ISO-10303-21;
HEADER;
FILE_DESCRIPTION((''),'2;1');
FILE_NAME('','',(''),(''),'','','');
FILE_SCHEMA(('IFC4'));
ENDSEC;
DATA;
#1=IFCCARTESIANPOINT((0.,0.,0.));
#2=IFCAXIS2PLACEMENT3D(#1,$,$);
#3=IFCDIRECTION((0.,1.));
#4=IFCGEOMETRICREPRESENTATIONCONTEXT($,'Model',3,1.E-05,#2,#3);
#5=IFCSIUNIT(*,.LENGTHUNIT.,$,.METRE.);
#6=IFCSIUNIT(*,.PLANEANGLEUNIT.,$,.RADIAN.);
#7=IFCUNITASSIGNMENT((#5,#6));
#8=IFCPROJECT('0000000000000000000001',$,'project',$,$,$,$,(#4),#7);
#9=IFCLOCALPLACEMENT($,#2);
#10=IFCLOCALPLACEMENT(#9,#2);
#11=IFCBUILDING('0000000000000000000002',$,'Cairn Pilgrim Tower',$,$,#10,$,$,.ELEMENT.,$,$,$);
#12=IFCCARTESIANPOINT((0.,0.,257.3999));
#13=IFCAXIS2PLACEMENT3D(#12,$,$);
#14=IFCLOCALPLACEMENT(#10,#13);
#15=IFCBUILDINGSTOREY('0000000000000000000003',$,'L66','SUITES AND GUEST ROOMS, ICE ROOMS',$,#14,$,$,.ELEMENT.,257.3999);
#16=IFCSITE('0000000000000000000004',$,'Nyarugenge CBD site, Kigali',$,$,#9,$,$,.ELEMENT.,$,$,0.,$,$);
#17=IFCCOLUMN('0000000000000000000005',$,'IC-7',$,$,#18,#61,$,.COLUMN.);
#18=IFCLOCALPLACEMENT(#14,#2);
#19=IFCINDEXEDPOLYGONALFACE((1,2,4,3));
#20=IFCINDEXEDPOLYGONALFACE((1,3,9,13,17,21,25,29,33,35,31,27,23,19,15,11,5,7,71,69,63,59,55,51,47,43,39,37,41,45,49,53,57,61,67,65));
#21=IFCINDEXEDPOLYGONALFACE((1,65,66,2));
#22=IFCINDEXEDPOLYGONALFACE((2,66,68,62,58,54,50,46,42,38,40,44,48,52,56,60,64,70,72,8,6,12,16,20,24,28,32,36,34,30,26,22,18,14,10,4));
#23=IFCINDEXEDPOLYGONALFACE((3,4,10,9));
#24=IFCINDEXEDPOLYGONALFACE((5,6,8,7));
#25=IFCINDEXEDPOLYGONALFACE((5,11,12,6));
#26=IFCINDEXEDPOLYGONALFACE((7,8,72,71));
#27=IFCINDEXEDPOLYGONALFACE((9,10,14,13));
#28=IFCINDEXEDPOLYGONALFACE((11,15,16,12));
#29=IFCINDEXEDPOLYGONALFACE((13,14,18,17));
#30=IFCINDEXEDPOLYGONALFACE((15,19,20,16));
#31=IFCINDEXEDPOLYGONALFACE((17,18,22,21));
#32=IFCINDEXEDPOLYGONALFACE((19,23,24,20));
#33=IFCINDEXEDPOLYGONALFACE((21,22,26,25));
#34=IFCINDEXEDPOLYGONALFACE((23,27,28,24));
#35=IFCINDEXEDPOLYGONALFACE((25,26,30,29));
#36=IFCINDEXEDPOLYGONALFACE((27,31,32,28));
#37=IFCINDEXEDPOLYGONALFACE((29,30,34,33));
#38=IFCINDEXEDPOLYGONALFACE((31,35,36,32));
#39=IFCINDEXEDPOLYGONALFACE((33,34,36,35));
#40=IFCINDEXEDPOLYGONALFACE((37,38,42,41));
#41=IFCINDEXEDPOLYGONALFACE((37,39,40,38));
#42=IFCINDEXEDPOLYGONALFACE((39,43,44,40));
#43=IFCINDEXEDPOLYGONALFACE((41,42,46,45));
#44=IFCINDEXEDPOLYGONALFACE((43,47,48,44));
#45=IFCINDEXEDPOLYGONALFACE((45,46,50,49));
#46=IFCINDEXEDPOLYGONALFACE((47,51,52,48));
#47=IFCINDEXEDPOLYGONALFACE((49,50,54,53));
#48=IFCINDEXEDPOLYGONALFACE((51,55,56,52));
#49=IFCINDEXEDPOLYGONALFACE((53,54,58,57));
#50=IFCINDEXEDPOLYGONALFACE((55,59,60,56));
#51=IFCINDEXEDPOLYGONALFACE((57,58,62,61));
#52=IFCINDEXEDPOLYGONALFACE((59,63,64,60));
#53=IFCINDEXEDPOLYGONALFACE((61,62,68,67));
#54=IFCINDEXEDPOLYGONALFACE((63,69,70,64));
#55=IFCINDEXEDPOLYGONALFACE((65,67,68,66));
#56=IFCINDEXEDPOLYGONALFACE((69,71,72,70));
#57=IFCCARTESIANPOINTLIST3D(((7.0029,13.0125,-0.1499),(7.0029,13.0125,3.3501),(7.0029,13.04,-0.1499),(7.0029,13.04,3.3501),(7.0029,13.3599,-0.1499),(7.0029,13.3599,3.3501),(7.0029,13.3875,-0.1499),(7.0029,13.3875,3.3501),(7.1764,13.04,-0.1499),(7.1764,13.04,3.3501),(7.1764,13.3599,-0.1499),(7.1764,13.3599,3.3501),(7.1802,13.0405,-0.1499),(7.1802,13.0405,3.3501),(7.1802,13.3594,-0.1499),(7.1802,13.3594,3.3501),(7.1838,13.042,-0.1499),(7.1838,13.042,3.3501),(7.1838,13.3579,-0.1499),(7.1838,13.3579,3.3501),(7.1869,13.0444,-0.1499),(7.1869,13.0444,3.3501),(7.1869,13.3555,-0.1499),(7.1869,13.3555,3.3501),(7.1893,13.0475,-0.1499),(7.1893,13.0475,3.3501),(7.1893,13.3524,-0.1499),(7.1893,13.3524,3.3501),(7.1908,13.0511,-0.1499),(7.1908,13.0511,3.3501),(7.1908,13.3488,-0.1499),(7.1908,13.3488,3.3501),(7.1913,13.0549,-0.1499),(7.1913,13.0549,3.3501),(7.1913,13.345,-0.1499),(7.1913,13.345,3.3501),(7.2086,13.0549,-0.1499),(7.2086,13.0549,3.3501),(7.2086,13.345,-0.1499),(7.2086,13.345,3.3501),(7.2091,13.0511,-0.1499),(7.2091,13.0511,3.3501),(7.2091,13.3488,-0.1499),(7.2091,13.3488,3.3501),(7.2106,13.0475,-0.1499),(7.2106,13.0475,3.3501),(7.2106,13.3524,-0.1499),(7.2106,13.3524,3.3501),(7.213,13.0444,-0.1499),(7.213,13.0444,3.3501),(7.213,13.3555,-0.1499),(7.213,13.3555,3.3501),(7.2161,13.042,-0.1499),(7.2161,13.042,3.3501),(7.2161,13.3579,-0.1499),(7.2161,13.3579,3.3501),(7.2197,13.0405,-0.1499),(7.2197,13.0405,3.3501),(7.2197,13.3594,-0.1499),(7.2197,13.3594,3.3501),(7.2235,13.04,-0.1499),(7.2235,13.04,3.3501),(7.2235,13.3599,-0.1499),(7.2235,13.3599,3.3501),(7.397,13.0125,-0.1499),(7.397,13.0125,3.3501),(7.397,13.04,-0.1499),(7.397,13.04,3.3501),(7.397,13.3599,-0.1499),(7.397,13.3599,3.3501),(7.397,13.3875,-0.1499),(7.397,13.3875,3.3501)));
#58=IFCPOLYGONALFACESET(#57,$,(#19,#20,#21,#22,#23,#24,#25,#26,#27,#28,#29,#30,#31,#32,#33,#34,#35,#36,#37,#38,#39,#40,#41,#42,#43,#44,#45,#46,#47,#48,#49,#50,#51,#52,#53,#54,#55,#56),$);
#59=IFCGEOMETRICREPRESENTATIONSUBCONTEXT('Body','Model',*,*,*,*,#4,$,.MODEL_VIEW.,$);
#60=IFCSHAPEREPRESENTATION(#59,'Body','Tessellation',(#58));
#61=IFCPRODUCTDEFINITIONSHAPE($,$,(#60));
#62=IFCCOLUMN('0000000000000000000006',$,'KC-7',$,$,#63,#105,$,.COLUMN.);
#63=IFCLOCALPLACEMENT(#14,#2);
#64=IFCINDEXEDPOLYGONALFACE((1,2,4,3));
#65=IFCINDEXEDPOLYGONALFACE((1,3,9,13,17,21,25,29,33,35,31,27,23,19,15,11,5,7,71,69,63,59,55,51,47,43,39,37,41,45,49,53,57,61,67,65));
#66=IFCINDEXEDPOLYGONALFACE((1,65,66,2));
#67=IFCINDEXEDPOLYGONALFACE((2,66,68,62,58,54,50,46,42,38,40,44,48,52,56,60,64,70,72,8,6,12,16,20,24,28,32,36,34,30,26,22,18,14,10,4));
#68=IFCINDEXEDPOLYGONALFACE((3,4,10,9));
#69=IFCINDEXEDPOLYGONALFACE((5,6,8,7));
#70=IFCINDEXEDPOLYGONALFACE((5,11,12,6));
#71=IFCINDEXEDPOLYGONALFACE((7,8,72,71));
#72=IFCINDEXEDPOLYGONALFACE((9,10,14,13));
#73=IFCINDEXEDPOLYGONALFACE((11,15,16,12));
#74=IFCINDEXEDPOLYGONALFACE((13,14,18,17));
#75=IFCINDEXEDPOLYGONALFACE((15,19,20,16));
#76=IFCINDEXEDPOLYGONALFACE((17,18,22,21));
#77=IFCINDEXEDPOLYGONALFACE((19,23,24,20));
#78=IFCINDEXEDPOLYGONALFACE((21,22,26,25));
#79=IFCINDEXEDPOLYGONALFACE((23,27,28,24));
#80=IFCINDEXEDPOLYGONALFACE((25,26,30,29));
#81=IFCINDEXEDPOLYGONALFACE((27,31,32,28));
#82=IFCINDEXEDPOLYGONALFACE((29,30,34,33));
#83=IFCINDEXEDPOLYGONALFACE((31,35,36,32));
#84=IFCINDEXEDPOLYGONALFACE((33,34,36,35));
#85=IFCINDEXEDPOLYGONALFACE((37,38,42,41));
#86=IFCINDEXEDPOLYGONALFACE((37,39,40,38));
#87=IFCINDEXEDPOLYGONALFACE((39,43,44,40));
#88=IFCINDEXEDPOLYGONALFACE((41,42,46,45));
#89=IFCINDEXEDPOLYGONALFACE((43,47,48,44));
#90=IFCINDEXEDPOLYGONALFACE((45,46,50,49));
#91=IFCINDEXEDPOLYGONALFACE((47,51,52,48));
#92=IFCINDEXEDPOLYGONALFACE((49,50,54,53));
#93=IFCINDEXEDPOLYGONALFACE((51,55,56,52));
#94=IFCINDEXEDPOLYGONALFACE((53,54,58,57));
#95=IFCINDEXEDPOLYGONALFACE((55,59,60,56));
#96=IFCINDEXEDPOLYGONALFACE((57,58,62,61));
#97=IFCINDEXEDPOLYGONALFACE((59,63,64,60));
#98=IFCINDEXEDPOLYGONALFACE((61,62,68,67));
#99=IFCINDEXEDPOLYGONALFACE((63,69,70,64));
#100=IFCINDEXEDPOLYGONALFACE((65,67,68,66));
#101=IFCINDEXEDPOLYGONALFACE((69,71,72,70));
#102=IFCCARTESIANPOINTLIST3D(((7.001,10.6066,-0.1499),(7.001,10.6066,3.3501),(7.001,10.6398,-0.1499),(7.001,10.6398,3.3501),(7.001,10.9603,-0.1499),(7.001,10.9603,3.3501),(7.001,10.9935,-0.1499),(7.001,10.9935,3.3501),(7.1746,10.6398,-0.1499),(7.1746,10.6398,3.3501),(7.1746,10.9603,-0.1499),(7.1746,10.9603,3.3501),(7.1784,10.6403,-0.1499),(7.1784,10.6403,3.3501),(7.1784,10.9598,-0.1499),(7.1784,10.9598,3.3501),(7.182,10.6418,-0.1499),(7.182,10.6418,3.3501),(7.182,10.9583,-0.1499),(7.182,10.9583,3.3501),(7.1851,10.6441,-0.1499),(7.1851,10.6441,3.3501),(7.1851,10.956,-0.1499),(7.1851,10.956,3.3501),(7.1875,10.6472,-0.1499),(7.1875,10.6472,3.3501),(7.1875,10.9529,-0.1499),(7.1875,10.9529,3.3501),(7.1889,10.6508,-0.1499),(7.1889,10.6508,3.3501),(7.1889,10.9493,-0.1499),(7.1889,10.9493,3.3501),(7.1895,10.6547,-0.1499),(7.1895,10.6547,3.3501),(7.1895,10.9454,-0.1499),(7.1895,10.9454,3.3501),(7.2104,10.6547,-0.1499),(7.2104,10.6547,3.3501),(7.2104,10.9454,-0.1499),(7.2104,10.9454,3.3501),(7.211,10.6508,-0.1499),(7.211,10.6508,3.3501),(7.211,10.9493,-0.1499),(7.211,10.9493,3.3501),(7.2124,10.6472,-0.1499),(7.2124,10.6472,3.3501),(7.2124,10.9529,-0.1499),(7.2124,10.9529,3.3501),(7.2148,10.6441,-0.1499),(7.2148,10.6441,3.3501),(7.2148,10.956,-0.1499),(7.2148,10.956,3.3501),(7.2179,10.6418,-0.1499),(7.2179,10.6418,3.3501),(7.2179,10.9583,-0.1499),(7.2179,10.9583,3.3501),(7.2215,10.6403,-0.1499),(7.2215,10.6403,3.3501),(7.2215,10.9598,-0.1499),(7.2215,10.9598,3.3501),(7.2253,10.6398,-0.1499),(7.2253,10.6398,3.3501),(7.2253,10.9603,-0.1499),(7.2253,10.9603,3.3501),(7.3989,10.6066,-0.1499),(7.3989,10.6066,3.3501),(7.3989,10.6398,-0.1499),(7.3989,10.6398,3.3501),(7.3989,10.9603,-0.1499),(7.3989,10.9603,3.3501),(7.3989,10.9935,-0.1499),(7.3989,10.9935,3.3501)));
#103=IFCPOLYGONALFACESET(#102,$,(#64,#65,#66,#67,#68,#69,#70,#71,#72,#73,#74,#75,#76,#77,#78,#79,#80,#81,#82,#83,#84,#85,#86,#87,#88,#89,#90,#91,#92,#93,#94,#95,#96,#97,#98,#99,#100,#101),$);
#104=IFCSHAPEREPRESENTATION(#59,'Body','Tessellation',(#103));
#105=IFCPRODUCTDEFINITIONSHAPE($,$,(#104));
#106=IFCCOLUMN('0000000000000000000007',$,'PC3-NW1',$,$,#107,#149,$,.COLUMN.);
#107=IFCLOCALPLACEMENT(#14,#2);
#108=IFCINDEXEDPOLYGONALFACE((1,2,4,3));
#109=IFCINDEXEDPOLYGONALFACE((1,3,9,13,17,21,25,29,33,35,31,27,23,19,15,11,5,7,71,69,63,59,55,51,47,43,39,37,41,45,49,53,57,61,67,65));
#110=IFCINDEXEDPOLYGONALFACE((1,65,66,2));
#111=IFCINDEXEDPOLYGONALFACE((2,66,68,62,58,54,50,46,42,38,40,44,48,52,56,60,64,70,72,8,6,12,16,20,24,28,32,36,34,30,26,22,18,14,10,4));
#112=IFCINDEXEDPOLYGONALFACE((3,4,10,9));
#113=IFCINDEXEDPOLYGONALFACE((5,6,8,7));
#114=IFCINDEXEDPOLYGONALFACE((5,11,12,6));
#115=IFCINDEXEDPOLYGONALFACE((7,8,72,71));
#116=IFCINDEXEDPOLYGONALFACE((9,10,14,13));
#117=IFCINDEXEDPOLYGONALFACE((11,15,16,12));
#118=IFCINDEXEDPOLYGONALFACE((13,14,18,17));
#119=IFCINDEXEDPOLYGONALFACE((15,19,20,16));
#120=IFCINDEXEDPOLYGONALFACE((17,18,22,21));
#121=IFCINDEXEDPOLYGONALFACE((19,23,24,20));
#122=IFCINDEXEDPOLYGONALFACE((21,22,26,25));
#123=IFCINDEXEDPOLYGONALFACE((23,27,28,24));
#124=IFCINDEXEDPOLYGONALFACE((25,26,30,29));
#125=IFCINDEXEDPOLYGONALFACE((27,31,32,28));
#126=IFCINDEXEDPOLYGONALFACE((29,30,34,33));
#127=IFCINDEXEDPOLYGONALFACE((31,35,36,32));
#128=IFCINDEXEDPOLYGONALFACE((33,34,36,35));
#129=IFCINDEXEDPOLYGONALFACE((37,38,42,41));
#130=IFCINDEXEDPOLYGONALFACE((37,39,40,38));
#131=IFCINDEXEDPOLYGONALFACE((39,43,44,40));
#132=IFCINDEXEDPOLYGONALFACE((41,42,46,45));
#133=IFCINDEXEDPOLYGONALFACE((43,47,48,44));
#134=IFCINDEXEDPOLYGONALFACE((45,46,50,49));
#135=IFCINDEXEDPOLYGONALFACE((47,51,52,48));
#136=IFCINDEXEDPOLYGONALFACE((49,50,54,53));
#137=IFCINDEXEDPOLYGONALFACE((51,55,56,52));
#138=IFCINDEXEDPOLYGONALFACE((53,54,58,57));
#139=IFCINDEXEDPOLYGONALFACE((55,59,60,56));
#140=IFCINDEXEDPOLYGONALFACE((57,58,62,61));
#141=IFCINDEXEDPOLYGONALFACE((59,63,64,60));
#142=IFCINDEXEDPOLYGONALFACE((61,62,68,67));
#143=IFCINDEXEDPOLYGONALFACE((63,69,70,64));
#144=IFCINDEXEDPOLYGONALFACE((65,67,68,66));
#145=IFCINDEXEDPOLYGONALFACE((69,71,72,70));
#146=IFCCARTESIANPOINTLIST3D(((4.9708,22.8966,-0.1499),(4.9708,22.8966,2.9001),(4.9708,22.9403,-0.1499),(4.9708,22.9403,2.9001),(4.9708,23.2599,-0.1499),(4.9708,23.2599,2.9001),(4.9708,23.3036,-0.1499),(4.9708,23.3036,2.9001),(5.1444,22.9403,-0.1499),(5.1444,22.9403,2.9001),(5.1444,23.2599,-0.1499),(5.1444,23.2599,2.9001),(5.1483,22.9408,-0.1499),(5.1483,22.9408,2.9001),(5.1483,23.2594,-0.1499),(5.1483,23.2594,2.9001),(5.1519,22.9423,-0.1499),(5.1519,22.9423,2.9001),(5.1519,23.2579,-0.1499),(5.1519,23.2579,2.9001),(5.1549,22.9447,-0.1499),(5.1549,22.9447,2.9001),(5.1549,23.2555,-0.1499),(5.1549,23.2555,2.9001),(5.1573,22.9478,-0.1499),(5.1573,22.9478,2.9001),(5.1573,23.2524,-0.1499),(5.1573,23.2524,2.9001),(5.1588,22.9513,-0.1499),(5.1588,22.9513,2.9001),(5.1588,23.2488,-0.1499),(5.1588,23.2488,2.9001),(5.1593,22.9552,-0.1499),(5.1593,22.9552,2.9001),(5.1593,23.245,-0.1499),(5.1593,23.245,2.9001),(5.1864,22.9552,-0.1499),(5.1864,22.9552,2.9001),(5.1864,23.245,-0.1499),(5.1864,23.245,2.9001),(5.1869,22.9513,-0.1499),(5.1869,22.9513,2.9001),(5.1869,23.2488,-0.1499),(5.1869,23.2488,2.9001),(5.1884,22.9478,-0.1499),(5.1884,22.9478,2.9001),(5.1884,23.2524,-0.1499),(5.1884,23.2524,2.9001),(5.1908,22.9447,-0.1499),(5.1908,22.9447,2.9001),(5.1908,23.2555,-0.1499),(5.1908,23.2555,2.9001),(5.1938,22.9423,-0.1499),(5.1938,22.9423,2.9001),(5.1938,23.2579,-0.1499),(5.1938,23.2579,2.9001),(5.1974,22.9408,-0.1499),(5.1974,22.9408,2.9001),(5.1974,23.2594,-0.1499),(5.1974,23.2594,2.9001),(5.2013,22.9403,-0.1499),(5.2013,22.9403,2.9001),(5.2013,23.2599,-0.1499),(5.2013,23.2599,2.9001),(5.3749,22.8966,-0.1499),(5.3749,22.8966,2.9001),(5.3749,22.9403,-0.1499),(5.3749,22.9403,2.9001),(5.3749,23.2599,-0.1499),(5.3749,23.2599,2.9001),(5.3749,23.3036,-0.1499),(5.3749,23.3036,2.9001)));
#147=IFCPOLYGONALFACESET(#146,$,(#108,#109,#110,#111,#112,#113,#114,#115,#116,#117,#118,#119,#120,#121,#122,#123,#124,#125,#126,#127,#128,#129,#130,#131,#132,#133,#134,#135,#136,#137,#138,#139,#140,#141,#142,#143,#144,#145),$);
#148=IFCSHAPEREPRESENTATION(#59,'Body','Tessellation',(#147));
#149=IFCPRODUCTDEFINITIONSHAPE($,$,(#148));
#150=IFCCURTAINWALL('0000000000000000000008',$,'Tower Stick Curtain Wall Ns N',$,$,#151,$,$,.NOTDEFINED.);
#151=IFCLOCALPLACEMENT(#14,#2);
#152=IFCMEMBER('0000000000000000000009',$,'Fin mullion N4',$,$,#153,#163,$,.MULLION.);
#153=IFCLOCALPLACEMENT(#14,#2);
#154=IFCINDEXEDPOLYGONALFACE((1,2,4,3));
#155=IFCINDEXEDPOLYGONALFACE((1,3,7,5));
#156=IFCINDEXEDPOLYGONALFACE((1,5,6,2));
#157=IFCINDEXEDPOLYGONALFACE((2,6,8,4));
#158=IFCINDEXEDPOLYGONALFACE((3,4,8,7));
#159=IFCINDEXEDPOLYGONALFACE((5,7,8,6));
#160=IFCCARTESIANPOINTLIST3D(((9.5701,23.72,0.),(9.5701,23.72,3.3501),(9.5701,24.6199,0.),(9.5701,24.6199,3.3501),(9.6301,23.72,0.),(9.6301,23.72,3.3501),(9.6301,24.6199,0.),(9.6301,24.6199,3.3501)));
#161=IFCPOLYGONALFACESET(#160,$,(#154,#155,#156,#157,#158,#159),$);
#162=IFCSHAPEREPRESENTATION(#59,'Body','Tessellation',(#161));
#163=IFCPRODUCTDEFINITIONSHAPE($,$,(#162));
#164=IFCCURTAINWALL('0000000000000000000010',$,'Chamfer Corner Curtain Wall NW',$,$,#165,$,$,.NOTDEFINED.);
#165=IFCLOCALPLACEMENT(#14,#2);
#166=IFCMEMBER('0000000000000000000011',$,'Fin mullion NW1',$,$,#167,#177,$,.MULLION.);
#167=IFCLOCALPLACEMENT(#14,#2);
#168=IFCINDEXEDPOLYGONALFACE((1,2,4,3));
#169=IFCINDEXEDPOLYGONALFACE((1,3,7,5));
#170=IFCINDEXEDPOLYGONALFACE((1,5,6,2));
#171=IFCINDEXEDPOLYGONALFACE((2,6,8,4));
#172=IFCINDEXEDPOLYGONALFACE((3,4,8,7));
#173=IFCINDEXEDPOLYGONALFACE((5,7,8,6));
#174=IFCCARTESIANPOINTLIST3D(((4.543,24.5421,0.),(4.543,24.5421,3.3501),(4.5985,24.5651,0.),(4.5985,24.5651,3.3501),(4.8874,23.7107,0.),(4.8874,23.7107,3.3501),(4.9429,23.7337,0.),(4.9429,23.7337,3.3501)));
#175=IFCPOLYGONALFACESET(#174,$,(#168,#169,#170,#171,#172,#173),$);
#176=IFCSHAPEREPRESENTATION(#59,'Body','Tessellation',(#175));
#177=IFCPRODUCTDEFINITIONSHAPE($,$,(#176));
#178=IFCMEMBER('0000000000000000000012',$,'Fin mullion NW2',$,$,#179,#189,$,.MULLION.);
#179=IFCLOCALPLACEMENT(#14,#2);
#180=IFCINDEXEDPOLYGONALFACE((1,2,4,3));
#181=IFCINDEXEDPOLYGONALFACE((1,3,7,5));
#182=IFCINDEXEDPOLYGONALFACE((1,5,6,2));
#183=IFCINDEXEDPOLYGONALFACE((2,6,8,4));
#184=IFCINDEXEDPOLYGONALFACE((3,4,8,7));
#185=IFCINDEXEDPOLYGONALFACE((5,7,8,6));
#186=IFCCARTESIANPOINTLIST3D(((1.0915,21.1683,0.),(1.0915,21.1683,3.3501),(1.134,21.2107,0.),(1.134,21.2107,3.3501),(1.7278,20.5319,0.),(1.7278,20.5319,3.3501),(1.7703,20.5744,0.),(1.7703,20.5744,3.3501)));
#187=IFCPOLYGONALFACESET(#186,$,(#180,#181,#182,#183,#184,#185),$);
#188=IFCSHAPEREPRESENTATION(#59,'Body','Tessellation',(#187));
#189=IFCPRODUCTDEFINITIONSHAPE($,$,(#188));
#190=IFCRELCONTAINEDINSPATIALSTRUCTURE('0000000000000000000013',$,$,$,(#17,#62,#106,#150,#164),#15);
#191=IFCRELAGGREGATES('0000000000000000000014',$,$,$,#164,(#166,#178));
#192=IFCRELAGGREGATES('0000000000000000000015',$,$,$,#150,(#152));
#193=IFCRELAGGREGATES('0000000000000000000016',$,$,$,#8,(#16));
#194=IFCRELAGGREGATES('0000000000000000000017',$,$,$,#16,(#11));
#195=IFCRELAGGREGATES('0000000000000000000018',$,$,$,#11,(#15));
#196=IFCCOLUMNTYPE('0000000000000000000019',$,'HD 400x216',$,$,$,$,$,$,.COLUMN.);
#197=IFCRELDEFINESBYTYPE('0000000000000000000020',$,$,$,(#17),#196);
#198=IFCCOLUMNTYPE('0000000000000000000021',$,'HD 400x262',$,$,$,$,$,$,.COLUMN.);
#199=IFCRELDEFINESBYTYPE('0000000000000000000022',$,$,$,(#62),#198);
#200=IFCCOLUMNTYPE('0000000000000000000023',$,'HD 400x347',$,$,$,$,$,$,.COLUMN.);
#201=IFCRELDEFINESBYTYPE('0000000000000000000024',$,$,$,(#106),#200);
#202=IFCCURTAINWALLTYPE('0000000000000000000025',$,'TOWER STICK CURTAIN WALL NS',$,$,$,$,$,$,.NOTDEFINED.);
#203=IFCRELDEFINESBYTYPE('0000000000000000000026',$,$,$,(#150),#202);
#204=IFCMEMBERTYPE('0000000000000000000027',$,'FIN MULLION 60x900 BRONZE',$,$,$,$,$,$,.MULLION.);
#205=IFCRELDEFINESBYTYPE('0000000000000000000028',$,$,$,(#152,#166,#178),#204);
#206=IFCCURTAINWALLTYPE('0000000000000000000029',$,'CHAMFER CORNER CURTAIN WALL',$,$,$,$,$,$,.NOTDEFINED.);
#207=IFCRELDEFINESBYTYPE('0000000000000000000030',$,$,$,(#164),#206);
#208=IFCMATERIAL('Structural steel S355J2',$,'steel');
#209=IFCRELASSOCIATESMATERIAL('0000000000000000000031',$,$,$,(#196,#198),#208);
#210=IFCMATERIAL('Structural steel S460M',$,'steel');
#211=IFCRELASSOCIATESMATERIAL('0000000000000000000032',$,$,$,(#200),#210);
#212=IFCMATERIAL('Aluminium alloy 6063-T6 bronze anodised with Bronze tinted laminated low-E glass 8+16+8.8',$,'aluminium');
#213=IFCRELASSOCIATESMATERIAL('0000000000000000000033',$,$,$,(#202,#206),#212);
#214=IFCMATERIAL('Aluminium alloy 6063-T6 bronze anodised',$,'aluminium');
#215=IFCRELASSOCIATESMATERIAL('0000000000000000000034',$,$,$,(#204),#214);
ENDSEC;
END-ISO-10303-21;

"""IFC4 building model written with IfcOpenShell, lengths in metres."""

from ifc_helpers import new_model, si_unit, direction, frame, origin, origin_2d, place, context, subcontext, project, spatial, rectangle, i_section, extrude, clip, halfspace, material, material_profile, profile_set, type_object, element, aggregate, save


model = new_model("IFC4")

# Units and contexts
model_context = context("Model", 3, precision=1e-05, world=origin(), true_north=direction((0.0, 1.0)))
body_context = subcontext(model_context, "Body", "Model", "MODEL_VIEW")
ifc_project = project(units=[si_unit("LENGTHUNIT", "METRE"), si_unit("PLANEANGLEUNIT", "RADIAN")], contexts=[model_context])

# Site, building, storey
site_placement = place(None, origin())
site = spatial("IfcSite", under=ifc_project, at=site_placement, Name="Nyarugenge CBD site, Kigali", CompositionType="ELEMENT", RefElevation=0.0)
building_placement = place(site_placement, origin())
building = spatial("IfcBuilding", under=site, at=building_placement, Name="Cairn Pilgrim Tower", CompositionType="ELEMENT")
storey_placement = place(building_placement, frame((0.0, 0.0, 257.3999)))
storey = spatial("IfcBuildingStorey", under=building, at=storey_placement, Name="L66", Description="SUITES AND GUEST ROOMS, ICE ROOMS", CompositionType="ELEMENT", Elevation=257.3999)

# Columns
ifc_material_1 = material(Name="Structural steel S355J2", Category="steel")
ifc_material_profile_1 = material_profile(ifc_material_1, i_section(OverallWidth=0.394, OverallDepth=0.375, WebThickness=0.0173, FlangeThickness=0.0276, FilletRadius=0.0149, at=origin_2d()), Name="HD 400x216")
ifc_profile_set_1 = profile_set([ifc_material_profile_1], Name="Structural steel S355J2")
column_type_1 = type_object("IfcColumnType", Name="HD 400x216", PredefinedType="COLUMN", material=ifc_profile_set_1)
column_1_placement = place(storey_placement, frame((7.2, 13.2, -0.1499), z_axis=(0.0, 0.0, 1.0), x_axis=(1.0, 0.0, 0.0)))
element("IfcColumn", 1, at=column_1_placement, inside=storey, type_object=column_type_1, Name="IC-7", PredefinedType="COLUMN", context=body_context, shape_type="SweptSolid", body=[
    extrude(i_section(OverallWidth=0.394, OverallDepth=0.375, WebThickness=0.0173, FlangeThickness=0.0276, FilletRadius=0.0149, at=origin_2d()), origin(), (0.0, 0.0, 1.0), 3.5),
])
ifc_material_profile_2 = material_profile(ifc_material_1, i_section(OverallWidth=0.3979, OverallDepth=0.387, WebThickness=0.021, FlangeThickness=0.0332, FilletRadius=0.0149, at=origin_2d()), Name="HD 400x262")
ifc_profile_set_2 = profile_set([ifc_material_profile_2], Name="Structural steel S355J2")
column_type_2 = type_object("IfcColumnType", Name="HD 400x262", PredefinedType="COLUMN", material=ifc_profile_set_2)
column_2_placement = place(storey_placement, frame((7.2, 10.8, -0.1499), z_axis=(0.0, 0.0, 1.0), x_axis=(1.0, 0.0, 0.0)))
element("IfcColumn", 2, at=column_2_placement, inside=storey, type_object=column_type_2, Name="KC-7", PredefinedType="COLUMN", context=body_context, shape_type="SweptSolid", body=[
    extrude(i_section(OverallWidth=0.3979, OverallDepth=0.387, WebThickness=0.021, FlangeThickness=0.0332, FilletRadius=0.0149, at=origin_2d()), origin(), (0.0, 0.0, 1.0), 3.5),
])
ifc_material_2 = material(Name="Structural steel S460M", Category="steel")
ifc_material_profile_3 = material_profile(ifc_material_2, i_section(OverallWidth=0.4041, OverallDepth=0.407, WebThickness=0.0271, FlangeThickness=0.0437, FilletRadius=0.0149, at=origin_2d()), Name="HD 400x347")
ifc_profile_set_3 = profile_set([ifc_material_profile_3], Name="Structural steel S460M")
column_type_3 = type_object("IfcColumnType", Name="HD 400x347", PredefinedType="COLUMN", material=ifc_profile_set_3)
column_3_placement = place(storey_placement, frame((5.1729, 23.1001, -0.1499), z_axis=(0.0, 0.0, 1.0), x_axis=(1.0, 0.0, 0.0)))
element("IfcColumn", 3, at=column_3_placement, inside=storey, type_object=column_type_3, Name="PC3-NW1", PredefinedType="COLUMN", context=body_context, shape_type="Clipping", body=[
    clip(extrude(i_section(OverallWidth=0.4041, OverallDepth=0.407, WebThickness=0.0271, FlangeThickness=0.0437, FilletRadius=0.0149, at=origin_2d()), origin(), (0.0, 0.0, 1.0), 3.5), halfspace(frame((0.0, 0.0, 3.05), z_axis=(0.0, 0.0, 1.0), x_axis=(1.0, 0.0, 0.0)), False)),
])

# Curtain wall, member
ifc_material_3 = material(Name="Aluminium alloy 6063-T6 bronze anodised with Bronze tinted laminated low-E glass 8+16+8.8", Category="aluminium")
curtain_wall_type_1 = type_object("IfcCurtainWallType", Name="TOWER STICK CURTAIN WALL NS", PredefinedType="NOTDEFINED", material=ifc_material_3)
curtain_wall_1_placement = place(storey_placement, origin())
curtain_wall_1 = element("IfcCurtainWall", 4, at=curtain_wall_1_placement, inside=storey, type_object=curtain_wall_type_1, Name="Tower Stick Curtain Wall Ns N", PredefinedType="NOTDEFINED")
ifc_material_4 = material(Name="Aluminium alloy 6063-T6 bronze anodised", Category="aluminium")
ifc_material_profile_4 = material_profile(ifc_material_4, rectangle(XDim=0.8999, YDim=0.0601, at=origin_2d()), Name="FIN MULLION 60x900 BRONZE")
ifc_profile_set_4 = profile_set([ifc_material_profile_4], Name="Aluminium alloy 6063-T6 bronze anodised")
member_type_1 = type_object("IfcMemberType", Name="FIN MULLION 60x900 BRONZE", PredefinedType="MULLION", material=ifc_profile_set_4)
member_1_placement = place(storey_placement, frame((9.6001, 24.1699, 0.0), z_axis=(0.0, 0.0, 1.0), x_axis=(0.0, 1.0, 0.0)))
member_1 = element("IfcMember", 5, at=member_1_placement, type_object=member_type_1, Name="Fin mullion N4", PredefinedType="MULLION", context=body_context, shape_type="SweptSolid", body=[
    extrude(rectangle(XDim=0.8999, YDim=0.0601, at=origin_2d()), origin(), (0.0, 0.0, 1.0), 3.3501),
])

# Curtain wall, members
curtain_wall_type_2 = type_object("IfcCurtainWallType", Name="CHAMFER CORNER CURTAIN WALL", PredefinedType="NOTDEFINED", material=ifc_material_3)
curtain_wall_2_placement = place(storey_placement, origin())
curtain_wall_2 = element("IfcCurtainWall", 6, at=curtain_wall_2_placement, inside=storey, type_object=curtain_wall_type_2, Name="Chamfer Corner Curtain Wall NW", PredefinedType="NOTDEFINED")
member_2_placement = place(storey_placement, frame((4.7429, 24.1379, 0.0), z_axis=(0.0, 0.0, 1.0), x_axis=(-0.382683, 0.92388, 0.0)))
member_2 = element("IfcMember", 7, at=member_2_placement, type_object=member_type_1, Name="Fin mullion NW1", PredefinedType="MULLION", context=body_context, shape_type="SweptSolid", body=[
    extrude(rectangle(XDim=0.8999, YDim=0.0601, at=origin_2d()), origin(), (0.0, 0.0, 1.0), 3.3501),
])
member_3_placement = place(storey_placement, frame((1.4309, 20.8713, 0.0), z_axis=(0.0, 0.0, 1.0), x_axis=(-0.707107, 0.707107, 0.0)))
member_3 = element("IfcMember", 8, at=member_3_placement, type_object=member_type_1, Name="Fin mullion NW2", PredefinedType="MULLION", context=body_context, shape_type="SweptSolid", body=[
    extrude(rectangle(XDim=0.8999, YDim=0.0601, at=origin_2d()), origin(), (0.0, 0.0, 1.0), 3.3501),
])

aggregate(curtain_wall_2, [member_2, member_3])
aggregate(curtain_wall_1, [member_1])

save(model, "model.ifc")
